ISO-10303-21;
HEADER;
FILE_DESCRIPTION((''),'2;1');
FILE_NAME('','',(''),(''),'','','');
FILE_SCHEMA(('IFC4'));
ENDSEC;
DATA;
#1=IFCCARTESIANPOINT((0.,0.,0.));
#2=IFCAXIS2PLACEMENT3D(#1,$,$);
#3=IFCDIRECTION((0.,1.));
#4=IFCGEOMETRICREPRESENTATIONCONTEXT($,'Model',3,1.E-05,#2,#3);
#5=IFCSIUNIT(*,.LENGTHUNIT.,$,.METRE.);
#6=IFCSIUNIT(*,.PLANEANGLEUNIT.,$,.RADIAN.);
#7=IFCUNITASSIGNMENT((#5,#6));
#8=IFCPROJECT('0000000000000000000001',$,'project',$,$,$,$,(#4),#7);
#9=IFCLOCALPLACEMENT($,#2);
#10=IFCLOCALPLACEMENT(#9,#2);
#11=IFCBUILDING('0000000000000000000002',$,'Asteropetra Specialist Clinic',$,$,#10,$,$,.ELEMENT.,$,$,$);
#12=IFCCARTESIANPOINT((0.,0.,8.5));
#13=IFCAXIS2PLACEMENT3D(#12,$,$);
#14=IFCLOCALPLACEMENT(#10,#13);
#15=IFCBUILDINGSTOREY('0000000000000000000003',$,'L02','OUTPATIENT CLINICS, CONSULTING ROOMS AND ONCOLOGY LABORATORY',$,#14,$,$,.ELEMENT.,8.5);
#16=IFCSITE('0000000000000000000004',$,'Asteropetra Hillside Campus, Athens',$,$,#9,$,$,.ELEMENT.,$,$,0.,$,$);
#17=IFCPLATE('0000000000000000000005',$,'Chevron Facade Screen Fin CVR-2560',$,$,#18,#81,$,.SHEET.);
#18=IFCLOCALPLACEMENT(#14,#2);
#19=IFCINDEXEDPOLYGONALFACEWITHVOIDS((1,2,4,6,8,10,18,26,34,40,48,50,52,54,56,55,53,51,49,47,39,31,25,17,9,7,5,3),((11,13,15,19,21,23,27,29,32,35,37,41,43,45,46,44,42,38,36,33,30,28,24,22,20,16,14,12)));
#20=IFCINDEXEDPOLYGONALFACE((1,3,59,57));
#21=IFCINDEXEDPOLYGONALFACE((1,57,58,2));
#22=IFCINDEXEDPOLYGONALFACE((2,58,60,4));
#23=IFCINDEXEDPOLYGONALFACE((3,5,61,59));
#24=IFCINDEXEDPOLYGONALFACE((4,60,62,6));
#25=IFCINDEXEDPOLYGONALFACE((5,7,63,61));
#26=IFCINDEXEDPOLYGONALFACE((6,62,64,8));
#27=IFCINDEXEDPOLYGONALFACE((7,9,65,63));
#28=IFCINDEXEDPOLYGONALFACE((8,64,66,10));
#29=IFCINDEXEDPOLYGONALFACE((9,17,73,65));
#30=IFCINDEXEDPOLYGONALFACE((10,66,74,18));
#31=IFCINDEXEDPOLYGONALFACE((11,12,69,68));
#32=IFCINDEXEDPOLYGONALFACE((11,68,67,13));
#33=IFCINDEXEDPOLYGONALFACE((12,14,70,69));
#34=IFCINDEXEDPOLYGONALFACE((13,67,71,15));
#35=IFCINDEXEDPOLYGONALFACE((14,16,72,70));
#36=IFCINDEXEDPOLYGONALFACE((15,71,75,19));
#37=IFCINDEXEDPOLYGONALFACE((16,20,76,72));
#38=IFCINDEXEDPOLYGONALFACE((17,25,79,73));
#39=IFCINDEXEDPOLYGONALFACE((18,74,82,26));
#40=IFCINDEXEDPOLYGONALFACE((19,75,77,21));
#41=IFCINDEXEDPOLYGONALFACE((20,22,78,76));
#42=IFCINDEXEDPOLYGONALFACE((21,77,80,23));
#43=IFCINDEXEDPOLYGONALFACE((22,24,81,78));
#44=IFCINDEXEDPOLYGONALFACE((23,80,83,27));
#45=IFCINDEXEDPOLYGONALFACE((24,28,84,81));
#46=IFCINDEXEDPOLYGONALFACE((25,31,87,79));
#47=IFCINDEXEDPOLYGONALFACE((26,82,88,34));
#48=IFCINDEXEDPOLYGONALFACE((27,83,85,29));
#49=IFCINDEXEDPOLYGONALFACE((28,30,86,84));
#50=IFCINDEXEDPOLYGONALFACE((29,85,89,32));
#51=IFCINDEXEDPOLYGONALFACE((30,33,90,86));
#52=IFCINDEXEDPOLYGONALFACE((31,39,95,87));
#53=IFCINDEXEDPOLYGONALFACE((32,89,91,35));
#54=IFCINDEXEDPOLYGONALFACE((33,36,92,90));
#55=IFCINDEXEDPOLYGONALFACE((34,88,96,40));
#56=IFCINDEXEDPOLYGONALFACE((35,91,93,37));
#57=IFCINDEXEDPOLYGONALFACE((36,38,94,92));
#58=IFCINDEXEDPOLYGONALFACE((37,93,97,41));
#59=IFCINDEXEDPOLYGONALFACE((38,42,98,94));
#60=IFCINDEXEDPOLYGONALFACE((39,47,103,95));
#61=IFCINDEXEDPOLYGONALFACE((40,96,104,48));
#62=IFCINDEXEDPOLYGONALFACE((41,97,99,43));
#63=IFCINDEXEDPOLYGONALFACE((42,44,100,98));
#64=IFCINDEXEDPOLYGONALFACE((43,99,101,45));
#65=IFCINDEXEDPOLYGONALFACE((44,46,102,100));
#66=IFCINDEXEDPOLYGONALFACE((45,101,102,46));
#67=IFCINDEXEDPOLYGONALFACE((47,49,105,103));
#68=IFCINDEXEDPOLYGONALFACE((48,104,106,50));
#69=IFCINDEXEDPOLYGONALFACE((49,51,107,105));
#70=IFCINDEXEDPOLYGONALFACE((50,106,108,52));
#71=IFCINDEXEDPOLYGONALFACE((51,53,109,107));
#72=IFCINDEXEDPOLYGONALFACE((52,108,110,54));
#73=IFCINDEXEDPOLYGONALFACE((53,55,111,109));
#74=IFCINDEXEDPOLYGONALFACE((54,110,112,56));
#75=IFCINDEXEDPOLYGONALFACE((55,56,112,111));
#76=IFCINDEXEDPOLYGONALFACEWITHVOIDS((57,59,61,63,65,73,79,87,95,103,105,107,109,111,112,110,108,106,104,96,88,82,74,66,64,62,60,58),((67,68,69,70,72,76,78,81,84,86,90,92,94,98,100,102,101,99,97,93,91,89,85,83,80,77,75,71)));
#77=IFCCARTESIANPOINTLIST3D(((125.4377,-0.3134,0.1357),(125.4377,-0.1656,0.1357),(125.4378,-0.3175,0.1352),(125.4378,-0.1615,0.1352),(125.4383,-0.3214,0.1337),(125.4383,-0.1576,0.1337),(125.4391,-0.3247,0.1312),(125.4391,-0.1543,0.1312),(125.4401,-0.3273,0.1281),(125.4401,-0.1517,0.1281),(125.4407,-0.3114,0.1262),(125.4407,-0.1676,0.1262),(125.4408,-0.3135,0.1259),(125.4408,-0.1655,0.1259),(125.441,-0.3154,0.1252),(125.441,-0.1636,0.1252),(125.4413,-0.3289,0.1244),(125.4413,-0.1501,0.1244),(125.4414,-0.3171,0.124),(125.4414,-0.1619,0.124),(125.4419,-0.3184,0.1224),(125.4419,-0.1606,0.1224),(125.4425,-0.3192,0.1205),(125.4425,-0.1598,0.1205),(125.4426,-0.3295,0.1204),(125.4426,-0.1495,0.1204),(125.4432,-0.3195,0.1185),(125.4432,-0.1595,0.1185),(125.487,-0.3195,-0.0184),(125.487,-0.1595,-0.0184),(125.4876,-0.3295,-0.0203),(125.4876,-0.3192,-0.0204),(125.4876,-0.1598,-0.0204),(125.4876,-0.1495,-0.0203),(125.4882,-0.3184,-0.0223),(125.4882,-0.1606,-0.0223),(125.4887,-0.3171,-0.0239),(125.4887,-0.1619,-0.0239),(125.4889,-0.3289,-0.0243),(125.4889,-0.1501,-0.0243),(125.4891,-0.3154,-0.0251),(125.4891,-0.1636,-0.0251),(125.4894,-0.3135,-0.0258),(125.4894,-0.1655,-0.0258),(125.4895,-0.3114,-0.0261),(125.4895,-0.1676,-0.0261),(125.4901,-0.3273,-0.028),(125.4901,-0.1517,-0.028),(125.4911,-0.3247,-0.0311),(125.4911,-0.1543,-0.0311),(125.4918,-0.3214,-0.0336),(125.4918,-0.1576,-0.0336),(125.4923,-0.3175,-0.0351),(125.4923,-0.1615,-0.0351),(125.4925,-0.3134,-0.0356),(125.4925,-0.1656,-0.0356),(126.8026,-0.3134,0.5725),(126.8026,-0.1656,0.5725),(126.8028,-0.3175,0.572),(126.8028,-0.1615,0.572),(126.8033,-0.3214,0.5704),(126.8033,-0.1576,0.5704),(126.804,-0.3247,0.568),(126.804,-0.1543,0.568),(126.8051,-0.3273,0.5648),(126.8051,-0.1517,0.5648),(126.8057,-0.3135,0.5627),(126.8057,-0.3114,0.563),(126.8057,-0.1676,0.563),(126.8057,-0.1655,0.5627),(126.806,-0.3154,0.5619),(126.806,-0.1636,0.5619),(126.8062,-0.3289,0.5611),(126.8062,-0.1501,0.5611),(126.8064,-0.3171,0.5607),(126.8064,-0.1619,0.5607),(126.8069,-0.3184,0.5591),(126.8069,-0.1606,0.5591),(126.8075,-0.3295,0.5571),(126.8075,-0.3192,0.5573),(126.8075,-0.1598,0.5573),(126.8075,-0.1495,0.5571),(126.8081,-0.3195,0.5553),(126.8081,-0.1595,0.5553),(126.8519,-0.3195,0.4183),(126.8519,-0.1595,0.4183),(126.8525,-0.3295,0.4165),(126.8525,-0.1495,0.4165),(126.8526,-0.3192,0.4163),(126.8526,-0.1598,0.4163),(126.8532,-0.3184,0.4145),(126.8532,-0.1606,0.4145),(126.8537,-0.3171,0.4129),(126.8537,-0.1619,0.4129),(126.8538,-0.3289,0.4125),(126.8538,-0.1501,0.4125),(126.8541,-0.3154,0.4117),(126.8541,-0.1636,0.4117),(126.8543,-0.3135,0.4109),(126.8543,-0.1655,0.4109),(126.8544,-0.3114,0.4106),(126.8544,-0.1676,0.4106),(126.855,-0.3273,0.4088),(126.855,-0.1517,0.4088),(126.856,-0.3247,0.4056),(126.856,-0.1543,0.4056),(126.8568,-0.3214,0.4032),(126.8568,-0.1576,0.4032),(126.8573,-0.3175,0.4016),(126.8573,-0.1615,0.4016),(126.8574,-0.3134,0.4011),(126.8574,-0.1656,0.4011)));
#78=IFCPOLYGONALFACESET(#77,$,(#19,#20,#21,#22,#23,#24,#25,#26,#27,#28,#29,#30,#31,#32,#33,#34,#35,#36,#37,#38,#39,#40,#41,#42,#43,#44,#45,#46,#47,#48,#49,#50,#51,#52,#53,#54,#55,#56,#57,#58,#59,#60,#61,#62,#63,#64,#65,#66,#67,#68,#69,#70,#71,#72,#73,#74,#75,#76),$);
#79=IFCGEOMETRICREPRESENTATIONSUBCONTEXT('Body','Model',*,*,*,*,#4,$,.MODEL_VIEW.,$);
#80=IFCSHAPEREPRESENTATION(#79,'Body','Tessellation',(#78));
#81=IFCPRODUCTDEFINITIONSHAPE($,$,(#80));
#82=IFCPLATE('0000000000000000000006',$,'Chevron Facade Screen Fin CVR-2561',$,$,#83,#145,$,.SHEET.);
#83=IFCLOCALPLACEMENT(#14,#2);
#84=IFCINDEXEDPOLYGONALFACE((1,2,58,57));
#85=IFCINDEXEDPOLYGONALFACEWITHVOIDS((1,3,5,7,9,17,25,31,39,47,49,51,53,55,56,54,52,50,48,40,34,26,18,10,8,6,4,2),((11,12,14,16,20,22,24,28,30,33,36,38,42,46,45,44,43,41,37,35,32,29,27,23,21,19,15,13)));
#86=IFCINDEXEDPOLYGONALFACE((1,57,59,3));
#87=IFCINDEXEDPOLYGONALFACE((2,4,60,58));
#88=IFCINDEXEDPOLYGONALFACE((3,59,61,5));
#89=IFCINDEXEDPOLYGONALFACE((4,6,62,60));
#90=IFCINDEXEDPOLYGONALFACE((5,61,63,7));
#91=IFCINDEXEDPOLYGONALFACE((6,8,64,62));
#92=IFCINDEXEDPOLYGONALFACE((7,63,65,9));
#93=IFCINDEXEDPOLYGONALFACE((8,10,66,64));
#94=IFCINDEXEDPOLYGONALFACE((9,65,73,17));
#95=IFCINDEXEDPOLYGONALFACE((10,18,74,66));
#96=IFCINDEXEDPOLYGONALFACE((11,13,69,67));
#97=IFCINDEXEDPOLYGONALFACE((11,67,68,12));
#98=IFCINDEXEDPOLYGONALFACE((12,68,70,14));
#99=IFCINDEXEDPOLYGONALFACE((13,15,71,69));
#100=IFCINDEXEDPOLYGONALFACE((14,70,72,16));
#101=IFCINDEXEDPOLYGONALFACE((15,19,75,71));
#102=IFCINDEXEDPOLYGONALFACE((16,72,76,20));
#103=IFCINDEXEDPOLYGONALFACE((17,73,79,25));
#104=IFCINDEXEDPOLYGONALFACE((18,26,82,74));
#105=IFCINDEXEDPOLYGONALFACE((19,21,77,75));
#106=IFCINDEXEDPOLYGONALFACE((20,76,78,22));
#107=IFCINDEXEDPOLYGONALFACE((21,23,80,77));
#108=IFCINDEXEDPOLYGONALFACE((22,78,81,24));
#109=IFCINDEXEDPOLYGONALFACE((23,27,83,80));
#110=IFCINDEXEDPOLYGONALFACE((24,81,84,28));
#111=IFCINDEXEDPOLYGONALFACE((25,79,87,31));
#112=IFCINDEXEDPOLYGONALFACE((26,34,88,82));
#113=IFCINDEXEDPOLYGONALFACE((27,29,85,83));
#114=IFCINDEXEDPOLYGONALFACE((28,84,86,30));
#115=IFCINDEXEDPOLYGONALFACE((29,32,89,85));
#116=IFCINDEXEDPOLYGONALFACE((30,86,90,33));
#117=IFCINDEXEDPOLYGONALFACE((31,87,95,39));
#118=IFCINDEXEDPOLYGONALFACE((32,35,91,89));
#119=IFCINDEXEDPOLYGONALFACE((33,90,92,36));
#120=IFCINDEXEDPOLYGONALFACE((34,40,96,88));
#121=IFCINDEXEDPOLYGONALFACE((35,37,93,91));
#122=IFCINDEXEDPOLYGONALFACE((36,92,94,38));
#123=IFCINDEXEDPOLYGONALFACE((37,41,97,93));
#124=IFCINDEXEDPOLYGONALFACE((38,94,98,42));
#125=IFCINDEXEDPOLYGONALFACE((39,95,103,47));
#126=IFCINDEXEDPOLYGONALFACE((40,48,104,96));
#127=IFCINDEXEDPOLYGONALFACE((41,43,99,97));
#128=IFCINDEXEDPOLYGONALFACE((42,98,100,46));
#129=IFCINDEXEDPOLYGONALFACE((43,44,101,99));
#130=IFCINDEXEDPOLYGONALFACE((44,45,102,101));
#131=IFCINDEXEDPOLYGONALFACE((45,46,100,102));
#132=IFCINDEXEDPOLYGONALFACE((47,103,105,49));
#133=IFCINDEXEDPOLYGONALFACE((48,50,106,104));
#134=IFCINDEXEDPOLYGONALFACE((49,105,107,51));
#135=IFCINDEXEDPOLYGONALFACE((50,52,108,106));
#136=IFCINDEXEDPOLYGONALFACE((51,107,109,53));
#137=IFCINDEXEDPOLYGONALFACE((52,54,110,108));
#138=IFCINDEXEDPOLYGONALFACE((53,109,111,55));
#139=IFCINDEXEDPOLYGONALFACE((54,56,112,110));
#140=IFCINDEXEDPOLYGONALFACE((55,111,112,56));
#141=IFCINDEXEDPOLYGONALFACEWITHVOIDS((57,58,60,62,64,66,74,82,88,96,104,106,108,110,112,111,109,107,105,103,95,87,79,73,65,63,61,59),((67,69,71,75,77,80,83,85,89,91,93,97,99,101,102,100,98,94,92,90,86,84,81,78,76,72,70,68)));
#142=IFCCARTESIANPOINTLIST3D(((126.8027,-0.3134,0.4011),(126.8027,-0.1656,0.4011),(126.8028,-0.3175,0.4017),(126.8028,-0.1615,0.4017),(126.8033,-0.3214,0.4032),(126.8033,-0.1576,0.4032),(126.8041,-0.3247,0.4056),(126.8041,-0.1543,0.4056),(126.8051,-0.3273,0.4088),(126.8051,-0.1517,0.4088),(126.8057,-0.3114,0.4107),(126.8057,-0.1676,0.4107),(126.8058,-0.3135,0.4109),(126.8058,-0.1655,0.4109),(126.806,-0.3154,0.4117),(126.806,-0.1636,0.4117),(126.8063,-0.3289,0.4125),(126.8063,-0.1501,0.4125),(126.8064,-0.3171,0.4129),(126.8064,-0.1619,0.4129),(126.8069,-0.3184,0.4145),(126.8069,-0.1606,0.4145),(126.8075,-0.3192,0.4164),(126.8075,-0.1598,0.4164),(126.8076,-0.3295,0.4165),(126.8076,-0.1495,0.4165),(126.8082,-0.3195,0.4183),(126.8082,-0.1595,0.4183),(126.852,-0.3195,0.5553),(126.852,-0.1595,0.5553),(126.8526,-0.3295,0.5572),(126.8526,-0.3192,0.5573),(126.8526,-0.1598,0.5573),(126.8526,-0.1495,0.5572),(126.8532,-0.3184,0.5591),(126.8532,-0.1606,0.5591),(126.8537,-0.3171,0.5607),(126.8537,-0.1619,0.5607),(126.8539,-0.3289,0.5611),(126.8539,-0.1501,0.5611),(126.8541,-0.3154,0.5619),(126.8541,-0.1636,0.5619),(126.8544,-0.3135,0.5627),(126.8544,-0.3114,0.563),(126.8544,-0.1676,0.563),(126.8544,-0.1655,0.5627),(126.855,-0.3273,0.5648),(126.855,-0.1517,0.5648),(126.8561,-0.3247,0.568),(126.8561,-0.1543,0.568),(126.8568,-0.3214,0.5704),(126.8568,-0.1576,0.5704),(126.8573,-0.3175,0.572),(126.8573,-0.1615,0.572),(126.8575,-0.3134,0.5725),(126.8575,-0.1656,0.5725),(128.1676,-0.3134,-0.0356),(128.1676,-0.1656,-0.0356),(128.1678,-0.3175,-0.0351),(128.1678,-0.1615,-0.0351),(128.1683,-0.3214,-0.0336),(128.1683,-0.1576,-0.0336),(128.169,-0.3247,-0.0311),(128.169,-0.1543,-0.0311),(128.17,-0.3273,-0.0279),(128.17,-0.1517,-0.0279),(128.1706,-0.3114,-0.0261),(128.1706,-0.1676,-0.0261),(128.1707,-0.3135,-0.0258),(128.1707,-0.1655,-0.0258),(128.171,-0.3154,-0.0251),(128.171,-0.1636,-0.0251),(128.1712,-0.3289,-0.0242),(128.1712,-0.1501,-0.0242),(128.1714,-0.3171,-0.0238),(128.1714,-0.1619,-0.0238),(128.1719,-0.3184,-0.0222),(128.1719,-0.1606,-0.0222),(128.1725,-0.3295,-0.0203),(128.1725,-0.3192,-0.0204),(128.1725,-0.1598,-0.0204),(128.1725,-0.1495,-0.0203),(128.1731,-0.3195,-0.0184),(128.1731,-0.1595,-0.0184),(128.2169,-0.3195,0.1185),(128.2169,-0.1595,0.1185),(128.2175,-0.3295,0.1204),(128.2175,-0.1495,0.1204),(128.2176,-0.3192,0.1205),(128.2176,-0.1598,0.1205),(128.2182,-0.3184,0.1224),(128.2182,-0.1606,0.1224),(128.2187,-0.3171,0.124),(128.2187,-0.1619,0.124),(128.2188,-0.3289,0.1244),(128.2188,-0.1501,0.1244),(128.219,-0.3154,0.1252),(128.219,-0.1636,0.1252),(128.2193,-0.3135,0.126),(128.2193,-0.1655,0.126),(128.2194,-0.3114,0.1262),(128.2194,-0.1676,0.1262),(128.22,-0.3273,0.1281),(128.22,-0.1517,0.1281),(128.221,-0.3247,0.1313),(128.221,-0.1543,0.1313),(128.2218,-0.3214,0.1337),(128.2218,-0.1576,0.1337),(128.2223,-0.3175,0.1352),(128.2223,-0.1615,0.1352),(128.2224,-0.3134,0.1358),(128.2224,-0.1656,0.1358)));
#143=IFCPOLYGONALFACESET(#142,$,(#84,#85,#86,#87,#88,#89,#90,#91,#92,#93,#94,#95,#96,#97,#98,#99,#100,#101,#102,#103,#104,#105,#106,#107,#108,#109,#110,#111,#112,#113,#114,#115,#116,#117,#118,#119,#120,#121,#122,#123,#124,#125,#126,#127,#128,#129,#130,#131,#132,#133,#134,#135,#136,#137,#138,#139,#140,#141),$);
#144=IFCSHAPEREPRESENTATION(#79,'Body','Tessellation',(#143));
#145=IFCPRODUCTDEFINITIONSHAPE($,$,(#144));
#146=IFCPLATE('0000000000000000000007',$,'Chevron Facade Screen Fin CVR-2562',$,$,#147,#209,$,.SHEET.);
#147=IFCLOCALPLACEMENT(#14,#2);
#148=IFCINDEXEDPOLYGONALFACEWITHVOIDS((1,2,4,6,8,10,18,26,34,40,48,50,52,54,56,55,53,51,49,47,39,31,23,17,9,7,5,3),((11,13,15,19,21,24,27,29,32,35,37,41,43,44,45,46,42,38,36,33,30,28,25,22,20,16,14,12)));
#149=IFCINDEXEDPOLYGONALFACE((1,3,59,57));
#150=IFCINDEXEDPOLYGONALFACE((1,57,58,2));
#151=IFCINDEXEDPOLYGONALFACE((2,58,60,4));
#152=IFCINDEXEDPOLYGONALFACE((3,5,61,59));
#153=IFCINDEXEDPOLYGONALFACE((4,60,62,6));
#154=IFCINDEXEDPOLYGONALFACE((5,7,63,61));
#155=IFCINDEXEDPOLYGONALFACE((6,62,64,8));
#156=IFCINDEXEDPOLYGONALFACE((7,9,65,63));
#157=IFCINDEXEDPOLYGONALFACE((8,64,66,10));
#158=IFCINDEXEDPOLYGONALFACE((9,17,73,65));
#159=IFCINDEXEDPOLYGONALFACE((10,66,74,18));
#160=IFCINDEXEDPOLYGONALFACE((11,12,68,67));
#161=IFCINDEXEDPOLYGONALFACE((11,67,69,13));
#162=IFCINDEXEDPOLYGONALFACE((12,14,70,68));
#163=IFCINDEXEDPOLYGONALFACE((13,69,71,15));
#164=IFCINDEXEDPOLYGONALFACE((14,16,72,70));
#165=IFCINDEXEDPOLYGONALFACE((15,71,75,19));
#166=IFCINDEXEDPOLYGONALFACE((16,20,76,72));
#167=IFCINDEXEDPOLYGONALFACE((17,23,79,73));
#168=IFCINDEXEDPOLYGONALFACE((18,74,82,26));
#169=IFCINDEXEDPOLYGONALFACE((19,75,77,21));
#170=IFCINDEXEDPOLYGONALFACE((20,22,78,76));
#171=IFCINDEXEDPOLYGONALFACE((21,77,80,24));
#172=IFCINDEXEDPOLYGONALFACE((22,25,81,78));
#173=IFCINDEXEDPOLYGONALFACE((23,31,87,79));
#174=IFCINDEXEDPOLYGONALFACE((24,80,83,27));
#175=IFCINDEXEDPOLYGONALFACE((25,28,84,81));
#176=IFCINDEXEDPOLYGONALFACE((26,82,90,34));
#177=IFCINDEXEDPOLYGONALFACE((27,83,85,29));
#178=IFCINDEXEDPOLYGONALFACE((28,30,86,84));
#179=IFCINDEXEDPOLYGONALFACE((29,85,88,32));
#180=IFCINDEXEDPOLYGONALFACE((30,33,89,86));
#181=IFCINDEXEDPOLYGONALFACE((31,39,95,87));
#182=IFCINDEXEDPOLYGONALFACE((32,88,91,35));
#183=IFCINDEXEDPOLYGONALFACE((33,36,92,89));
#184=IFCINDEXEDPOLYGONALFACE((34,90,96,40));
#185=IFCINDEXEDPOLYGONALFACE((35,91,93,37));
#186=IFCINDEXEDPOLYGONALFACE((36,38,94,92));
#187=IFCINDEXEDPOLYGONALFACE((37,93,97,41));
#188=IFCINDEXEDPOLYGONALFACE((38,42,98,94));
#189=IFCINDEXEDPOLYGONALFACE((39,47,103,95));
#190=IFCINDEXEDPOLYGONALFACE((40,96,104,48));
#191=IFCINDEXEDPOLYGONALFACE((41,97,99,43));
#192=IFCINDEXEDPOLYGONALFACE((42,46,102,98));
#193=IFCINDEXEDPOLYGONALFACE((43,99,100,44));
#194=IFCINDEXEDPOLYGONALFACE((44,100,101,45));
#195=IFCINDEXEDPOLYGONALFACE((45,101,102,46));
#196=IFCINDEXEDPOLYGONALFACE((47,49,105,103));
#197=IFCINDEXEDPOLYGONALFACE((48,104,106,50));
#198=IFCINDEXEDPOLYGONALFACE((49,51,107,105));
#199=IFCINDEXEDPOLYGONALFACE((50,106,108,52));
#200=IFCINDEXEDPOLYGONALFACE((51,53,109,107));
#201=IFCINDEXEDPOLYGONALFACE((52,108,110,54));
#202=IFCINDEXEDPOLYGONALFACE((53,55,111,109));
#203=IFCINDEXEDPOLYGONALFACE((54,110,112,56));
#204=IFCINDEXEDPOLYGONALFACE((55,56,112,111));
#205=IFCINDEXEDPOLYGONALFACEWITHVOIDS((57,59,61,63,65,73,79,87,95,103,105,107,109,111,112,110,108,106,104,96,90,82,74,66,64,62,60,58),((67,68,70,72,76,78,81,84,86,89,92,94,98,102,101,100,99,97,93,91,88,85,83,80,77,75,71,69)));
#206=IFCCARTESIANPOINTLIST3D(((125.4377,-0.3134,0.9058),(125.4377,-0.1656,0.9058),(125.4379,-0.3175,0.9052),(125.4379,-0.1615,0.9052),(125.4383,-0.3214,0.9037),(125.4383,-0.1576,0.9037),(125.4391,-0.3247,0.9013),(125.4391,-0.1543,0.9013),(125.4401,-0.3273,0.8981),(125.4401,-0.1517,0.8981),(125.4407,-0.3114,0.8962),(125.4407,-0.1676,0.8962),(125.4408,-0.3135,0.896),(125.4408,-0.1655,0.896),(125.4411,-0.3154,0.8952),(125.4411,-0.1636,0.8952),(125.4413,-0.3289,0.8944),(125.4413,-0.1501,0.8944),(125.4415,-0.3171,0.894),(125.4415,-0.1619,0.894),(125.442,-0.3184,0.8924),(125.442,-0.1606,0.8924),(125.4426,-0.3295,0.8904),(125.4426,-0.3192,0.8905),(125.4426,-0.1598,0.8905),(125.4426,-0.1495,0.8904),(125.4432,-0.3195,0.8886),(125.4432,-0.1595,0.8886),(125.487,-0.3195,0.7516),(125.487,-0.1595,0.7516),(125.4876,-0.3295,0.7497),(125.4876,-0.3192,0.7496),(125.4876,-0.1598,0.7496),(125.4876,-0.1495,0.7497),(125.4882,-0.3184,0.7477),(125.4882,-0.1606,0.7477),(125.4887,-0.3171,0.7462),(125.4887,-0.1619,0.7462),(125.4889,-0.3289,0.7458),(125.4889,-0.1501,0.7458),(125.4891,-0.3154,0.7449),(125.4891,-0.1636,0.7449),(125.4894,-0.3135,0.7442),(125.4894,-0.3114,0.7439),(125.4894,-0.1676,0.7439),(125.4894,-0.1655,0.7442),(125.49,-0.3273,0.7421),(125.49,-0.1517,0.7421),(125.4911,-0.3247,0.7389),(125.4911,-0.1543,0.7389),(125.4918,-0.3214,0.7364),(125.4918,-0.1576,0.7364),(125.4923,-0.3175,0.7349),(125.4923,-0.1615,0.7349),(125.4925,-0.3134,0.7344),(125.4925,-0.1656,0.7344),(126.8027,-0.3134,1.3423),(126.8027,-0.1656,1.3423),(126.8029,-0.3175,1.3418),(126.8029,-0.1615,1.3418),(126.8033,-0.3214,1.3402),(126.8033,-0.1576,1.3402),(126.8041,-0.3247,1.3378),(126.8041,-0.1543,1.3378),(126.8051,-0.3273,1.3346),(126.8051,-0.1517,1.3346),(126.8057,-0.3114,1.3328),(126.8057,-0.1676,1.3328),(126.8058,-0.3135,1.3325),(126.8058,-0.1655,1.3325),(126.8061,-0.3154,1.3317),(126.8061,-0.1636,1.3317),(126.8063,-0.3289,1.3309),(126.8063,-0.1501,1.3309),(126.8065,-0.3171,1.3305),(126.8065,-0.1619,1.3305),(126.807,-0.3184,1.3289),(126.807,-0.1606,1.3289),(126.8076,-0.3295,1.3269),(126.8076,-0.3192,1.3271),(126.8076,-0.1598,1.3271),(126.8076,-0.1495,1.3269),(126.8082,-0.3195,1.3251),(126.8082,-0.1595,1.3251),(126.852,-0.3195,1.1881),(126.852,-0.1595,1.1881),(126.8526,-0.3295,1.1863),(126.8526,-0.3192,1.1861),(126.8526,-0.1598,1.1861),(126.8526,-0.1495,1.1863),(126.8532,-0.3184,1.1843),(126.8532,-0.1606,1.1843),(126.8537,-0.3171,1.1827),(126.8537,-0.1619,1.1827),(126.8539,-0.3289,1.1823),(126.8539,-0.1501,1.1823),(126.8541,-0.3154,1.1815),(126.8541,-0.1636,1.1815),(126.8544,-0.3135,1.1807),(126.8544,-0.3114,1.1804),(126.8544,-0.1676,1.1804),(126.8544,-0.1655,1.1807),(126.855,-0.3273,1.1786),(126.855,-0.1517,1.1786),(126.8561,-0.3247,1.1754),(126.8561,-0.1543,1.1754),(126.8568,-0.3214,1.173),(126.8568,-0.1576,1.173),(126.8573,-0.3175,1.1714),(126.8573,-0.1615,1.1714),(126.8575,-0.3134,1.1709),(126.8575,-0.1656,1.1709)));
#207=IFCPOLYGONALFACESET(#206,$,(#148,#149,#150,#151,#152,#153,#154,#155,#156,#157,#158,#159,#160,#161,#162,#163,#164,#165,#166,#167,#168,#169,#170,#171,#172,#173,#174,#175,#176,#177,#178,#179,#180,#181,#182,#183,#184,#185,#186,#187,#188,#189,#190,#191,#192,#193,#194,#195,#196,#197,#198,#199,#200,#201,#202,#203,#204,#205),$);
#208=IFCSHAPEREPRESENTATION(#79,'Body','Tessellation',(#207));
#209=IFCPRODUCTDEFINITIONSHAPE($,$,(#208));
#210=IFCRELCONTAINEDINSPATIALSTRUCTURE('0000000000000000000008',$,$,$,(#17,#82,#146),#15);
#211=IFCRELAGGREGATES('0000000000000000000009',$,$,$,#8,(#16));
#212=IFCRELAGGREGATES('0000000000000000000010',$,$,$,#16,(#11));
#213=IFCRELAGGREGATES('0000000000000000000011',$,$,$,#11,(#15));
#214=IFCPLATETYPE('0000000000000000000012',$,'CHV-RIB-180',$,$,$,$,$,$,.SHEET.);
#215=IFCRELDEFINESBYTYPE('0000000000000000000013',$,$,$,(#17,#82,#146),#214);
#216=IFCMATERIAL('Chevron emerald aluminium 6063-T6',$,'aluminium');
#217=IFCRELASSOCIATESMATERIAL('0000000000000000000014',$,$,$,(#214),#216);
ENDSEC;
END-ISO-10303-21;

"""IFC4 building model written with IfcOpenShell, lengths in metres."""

from ifc_helpers import new_model, si_unit, direction, frame, origin, origin_2d, place, context, subcontext, project, spatial, hollow_rectangle, extrude, material, material_profile, profile_set, type_object, element, save


model = new_model("IFC4")

# Units and contexts
model_context = context("Model", 3, precision=1e-05, world=origin(), true_north=direction((0.0, 1.0)))
body_context = subcontext(model_context, "Body", "Model", "MODEL_VIEW")
ifc_project = project(units=[si_unit("LENGTHUNIT", "METRE"), si_unit("PLANEANGLEUNIT", "RADIAN")], contexts=[model_context])

# Site, building, storey
site_placement = place(None, origin())
site = spatial("IfcSite", under=ifc_project, at=site_placement, Name="Asteropetra Hillside Campus, Athens", CompositionType="ELEMENT", RefElevation=0.0)
building_placement = place(site_placement, origin())
building = spatial("IfcBuilding", under=site, at=building_placement, Name="Asteropetra Specialist Clinic", CompositionType="ELEMENT")
storey_placement = place(building_placement, frame((0.0, 0.0, 8.5)))
storey = spatial("IfcBuildingStorey", under=building, at=storey_placement, Name="L02", Description="OUTPATIENT CLINICS, CONSULTING ROOMS AND ONCOLOGY LABORATORY", CompositionType="ELEMENT", Elevation=8.5)

# Plates
ifc_material_1 = material(Name="Chevron emerald aluminium 6063-T6", Category="aluminium")
ifc_material_profile = material_profile(ifc_material_1, hollow_rectangle(XDim=0.1799, YDim=0.1799, WallThickness=0.01, InnerFilletRadius=0.0081, OuterFilletRadius=0.0161, at=origin_2d()), Name="SHS 180x180x10.0")
ifc_profile_set = profile_set([ifc_material_profile], Name="Chevron emerald aluminium 6063-T6")
plate_type = type_object("IfcPlateType", Name="CHV-RIB-180", PredefinedType="SHEET", material=ifc_profile_set)
for number, where, z_axis, x_axis, name in (
    (1, (125.4651, -0.2395, 0.05), (0.95243, 0.0, 0.304757), (0.0, 1.0, 0.0), "Chevron Facade Screen Fin CVR-2560"),
    (2, (126.8301, -0.2395, 0.4868), (0.95243, 0.0, -0.304757), (0.0, 1.0, 0.0), "Chevron Facade Screen Fin CVR-2561"),
    (3, (125.4651, -0.2395, 0.8201), (0.95248, 0.0, 0.304603), (0.0, 1.0, 0.0), "Chevron Facade Screen Fin CVR-2562"),
):
    element("IfcPlate", number, at=place(storey_placement, frame(where, z_axis=z_axis, x_axis=x_axis)), inside=storey, type_object=plate_type, Name=name, PredefinedType="SHEET", context=body_context, shape_type="SweptSolid", body=[
        extrude(hollow_rectangle(XDim=0.1799, YDim=0.1799, WallThickness=0.01, InnerFilletRadius=0.0081, OuterFilletRadius=0.0161, at=origin_2d()), origin(), (0.0, 0.0, 1.0), 1.4331),
    ])

save(model, "model.ifc")
